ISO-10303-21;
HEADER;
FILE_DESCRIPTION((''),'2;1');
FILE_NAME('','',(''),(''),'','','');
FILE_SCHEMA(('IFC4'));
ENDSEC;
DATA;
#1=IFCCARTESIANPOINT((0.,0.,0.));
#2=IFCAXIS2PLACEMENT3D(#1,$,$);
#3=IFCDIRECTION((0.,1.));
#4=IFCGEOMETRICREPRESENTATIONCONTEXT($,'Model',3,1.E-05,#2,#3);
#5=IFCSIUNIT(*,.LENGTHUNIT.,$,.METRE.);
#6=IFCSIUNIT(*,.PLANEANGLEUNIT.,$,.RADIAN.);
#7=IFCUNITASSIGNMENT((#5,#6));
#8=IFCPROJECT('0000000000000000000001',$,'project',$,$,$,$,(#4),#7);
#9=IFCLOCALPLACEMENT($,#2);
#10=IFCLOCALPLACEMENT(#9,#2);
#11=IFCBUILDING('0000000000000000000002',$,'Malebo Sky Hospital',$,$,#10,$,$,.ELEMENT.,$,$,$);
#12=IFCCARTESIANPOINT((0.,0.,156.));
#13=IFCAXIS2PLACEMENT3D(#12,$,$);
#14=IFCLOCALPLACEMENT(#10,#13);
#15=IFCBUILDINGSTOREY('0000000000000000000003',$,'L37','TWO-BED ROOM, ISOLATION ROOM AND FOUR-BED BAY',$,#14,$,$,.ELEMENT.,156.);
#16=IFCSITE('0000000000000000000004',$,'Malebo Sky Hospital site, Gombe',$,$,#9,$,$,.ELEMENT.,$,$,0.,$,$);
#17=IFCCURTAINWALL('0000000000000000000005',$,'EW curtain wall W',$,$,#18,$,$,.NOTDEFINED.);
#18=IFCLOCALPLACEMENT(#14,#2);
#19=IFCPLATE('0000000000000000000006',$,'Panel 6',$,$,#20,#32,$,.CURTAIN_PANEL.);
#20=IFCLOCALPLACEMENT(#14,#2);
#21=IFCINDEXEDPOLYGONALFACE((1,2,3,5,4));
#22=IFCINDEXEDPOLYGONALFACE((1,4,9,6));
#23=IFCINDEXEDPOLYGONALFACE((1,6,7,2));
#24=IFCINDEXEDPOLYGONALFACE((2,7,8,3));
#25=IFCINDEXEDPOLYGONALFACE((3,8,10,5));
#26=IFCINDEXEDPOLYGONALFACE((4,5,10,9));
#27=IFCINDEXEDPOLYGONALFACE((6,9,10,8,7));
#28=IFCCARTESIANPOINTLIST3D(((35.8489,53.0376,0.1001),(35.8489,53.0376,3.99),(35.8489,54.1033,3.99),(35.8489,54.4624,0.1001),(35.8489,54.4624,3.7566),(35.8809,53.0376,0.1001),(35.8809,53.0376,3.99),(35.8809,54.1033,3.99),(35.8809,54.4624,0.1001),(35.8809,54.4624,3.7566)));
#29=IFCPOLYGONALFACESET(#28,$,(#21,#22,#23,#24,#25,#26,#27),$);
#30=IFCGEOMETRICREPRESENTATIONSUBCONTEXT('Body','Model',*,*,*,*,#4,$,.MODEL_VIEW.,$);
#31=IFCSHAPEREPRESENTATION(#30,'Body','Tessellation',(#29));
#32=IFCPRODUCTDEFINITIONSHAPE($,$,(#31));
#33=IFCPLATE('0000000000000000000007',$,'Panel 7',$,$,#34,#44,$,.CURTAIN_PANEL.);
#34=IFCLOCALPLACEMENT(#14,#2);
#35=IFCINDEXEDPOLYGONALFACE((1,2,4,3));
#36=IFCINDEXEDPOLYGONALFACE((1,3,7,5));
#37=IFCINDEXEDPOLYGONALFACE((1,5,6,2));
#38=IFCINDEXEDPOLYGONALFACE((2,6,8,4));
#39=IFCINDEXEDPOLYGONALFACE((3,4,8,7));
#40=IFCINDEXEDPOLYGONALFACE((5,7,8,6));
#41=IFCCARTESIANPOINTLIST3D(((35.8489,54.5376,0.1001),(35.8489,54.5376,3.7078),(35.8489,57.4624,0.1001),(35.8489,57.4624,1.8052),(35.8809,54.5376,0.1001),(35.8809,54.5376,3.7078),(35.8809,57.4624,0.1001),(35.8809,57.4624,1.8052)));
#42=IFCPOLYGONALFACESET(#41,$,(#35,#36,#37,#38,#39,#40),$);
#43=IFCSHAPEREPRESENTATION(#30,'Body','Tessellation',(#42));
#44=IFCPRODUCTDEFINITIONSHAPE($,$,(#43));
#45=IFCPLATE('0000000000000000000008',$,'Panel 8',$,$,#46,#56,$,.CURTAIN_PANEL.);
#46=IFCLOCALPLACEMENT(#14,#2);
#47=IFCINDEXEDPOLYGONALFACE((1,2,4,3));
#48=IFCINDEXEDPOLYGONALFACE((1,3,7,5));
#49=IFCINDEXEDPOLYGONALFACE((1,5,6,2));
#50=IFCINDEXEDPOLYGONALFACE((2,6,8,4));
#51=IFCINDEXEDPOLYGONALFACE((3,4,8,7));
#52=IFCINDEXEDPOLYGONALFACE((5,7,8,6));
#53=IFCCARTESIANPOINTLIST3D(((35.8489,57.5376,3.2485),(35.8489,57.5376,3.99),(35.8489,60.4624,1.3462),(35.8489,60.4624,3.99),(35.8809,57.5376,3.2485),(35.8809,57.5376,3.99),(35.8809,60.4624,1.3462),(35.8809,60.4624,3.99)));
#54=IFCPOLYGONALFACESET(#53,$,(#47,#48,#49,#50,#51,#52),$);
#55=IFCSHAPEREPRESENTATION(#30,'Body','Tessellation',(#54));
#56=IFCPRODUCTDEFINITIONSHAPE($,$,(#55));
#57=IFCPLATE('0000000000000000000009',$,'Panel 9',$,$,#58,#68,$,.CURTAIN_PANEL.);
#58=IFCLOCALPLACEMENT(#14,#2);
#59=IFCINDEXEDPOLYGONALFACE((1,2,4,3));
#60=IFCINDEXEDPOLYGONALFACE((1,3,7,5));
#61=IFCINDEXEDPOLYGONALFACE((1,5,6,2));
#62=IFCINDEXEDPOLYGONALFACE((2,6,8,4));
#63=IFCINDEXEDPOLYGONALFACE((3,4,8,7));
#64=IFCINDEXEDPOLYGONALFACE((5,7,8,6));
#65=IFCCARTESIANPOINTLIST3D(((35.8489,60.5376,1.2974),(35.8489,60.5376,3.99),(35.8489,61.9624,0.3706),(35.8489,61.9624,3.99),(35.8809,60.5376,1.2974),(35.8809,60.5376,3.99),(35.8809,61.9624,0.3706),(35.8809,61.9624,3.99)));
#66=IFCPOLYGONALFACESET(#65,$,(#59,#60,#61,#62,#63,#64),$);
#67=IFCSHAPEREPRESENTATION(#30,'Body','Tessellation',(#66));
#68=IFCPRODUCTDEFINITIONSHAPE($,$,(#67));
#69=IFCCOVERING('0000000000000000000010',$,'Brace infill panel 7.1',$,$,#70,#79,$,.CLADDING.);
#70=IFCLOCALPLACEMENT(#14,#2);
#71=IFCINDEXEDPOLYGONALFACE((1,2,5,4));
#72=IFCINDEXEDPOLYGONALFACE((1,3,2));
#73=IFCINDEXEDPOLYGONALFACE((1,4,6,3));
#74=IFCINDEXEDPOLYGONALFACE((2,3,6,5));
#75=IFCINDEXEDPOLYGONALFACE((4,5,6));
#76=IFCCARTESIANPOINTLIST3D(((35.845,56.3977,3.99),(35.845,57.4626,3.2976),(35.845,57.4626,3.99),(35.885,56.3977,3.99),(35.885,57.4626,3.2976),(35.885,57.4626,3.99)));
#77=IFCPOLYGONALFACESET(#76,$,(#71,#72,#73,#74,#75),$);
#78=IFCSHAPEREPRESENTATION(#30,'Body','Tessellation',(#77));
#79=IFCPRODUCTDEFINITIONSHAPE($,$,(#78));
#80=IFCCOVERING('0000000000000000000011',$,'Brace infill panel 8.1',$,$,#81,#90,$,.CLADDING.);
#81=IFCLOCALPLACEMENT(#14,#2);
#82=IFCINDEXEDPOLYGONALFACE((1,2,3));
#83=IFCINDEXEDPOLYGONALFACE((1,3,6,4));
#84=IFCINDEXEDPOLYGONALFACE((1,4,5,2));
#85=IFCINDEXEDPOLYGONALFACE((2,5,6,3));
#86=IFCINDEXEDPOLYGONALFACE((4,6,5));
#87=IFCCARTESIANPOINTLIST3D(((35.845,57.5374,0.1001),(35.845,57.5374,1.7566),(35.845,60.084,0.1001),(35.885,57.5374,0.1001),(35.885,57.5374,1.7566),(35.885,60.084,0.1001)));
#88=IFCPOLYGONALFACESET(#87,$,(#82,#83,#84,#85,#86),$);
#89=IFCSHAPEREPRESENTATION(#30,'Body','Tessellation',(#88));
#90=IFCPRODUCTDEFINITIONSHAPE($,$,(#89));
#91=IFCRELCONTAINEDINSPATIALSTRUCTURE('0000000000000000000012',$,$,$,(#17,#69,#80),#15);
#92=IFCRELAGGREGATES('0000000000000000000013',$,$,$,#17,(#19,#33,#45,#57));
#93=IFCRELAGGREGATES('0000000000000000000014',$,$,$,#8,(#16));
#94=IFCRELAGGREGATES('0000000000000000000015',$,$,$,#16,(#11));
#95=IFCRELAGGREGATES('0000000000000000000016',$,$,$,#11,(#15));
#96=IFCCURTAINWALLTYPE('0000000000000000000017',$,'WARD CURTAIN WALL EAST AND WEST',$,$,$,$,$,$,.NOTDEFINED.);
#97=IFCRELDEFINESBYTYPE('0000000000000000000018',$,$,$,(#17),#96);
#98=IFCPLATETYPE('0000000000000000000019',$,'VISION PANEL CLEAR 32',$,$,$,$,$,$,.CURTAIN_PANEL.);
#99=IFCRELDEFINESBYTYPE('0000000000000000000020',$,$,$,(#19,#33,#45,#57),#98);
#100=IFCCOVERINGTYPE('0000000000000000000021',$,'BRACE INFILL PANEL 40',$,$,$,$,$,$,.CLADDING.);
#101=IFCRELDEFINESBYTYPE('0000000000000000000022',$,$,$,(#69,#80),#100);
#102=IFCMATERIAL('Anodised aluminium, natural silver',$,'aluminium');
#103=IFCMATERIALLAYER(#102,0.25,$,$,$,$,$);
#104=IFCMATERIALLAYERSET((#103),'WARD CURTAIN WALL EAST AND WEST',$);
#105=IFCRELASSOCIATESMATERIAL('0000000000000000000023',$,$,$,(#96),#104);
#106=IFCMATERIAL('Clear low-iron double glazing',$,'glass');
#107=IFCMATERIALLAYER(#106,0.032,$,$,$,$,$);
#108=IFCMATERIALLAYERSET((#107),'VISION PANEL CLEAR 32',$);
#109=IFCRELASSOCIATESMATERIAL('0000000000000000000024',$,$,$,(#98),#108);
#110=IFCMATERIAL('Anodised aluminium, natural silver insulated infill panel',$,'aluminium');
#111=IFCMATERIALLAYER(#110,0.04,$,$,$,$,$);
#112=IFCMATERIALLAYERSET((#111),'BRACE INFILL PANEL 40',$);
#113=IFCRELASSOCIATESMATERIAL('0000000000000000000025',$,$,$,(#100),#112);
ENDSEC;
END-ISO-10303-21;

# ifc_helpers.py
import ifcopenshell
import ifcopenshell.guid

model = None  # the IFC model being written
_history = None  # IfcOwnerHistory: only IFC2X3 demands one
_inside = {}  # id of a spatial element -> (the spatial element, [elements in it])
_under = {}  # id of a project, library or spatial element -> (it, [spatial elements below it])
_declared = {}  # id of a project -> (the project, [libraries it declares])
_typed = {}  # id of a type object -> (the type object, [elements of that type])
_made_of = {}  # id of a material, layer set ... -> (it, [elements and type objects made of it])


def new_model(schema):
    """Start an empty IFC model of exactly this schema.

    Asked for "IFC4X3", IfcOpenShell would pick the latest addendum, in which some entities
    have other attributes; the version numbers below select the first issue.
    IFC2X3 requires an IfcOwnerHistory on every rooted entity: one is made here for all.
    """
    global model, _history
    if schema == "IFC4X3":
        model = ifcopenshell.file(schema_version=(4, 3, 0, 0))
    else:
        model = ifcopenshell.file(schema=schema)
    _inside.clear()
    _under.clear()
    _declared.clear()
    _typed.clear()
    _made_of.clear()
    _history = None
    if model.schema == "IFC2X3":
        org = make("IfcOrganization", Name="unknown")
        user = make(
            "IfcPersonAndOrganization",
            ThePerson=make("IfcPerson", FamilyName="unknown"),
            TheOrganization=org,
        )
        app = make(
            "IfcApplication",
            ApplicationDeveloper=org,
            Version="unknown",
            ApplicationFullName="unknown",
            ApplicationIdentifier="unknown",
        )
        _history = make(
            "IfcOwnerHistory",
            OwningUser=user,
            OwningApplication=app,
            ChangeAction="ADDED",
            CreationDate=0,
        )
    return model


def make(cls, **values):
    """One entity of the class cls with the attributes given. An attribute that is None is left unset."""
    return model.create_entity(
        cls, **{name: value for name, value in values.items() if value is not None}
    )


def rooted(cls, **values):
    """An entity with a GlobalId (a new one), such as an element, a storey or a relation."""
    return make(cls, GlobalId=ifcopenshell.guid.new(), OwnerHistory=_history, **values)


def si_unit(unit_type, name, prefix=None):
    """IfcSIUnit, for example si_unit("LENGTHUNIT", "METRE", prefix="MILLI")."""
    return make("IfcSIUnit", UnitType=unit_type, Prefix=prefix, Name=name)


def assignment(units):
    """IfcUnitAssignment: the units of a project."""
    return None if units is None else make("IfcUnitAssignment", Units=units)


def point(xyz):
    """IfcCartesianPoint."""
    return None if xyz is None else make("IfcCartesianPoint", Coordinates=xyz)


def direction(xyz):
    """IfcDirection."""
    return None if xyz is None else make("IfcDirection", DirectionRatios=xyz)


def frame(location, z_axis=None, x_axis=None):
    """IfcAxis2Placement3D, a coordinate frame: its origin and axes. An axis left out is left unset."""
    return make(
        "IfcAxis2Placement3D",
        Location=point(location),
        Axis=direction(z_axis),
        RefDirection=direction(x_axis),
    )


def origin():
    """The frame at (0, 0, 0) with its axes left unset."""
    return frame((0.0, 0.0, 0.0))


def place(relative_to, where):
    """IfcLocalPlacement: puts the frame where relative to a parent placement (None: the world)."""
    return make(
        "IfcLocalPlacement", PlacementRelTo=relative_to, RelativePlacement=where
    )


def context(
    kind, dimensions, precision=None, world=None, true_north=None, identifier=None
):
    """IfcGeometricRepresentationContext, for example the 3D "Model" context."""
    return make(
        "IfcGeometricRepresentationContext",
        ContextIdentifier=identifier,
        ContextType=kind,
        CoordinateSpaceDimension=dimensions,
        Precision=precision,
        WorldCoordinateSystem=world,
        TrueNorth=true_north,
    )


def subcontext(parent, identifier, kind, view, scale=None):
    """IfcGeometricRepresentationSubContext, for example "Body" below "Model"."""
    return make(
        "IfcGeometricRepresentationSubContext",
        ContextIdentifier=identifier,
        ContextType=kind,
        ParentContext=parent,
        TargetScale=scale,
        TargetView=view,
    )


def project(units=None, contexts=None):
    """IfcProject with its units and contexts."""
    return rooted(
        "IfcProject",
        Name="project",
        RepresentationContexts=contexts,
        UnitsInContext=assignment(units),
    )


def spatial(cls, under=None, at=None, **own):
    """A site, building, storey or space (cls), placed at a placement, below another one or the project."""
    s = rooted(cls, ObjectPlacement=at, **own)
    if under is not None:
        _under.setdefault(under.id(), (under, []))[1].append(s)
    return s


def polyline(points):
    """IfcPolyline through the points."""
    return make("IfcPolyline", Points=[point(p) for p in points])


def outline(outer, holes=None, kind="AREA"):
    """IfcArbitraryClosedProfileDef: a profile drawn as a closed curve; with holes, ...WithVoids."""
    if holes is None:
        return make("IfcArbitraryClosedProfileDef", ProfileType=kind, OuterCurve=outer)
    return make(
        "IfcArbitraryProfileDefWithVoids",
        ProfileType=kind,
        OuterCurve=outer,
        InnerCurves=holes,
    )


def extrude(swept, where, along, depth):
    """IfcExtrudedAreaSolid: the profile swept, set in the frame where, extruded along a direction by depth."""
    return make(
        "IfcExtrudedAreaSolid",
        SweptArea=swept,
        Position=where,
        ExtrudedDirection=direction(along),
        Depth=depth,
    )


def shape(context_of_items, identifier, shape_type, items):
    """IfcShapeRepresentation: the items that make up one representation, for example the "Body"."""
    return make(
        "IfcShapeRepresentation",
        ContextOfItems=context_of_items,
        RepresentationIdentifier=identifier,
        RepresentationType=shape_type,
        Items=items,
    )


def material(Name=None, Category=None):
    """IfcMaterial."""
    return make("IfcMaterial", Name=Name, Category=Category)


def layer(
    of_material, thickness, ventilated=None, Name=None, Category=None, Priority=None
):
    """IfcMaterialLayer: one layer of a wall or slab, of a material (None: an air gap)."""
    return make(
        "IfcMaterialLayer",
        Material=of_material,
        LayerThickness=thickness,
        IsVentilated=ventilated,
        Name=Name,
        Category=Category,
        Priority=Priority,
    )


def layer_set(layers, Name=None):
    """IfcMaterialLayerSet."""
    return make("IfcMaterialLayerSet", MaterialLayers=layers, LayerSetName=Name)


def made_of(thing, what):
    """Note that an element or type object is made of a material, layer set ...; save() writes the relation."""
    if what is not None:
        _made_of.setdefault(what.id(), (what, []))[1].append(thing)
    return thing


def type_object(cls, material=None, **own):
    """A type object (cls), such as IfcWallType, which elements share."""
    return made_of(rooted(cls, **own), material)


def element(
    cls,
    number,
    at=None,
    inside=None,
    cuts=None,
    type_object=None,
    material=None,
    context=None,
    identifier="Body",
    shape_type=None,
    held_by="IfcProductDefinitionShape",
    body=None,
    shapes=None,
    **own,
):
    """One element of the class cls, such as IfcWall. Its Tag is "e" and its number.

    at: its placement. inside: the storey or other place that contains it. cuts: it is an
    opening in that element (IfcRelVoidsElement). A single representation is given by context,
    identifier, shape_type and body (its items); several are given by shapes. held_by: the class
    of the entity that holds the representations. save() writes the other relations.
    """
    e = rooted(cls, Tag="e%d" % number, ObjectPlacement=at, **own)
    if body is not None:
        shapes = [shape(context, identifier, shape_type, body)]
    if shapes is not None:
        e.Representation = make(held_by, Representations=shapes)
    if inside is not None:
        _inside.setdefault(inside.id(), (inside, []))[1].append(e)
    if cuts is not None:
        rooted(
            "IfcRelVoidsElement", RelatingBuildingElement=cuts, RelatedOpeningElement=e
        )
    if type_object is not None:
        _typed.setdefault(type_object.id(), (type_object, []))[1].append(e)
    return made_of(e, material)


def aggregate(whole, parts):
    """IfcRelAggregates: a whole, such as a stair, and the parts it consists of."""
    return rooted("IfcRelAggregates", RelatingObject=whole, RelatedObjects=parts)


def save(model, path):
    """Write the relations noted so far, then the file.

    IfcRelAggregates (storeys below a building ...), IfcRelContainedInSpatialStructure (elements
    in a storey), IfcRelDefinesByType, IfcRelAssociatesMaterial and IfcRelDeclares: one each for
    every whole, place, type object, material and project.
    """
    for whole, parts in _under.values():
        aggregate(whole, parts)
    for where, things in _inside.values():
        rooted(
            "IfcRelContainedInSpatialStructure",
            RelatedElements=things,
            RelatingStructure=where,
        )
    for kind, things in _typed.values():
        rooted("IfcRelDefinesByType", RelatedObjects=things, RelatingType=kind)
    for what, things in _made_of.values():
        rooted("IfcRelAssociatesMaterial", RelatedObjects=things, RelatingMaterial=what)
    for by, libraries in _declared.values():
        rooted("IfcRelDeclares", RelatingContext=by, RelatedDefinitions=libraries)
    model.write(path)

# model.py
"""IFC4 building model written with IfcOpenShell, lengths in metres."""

from ifc_helpers import new_model, si_unit, direction, frame, origin, place, context, subcontext, project, spatial, polyline, outline, extrude, material, layer, layer_set, type_object, element, aggregate, save


model = new_model("IFC4")

# Units and contexts
model_context = context("Model", 3, precision=1e-05, world=origin(), true_north=direction((0.0, 1.0)))
body_context = subcontext(model_context, "Body", "Model", "MODEL_VIEW")
ifc_project = project(units=[si_unit("LENGTHUNIT", "METRE"), si_unit("PLANEANGLEUNIT", "RADIAN")], contexts=[model_context])

# Site, building, storey
site_placement = place(None, origin())
site = spatial("IfcSite", under=ifc_project, at=site_placement, Name="Malebo Sky Hospital site, Gombe", CompositionType="ELEMENT", RefElevation=0.0)
building_placement = place(site_placement, origin())
building = spatial("IfcBuilding", under=site, at=building_placement, Name="Malebo Sky Hospital", CompositionType="ELEMENT")
storey_placement = place(building_placement, frame((0.0, 0.0, 156.0)))
storey = spatial("IfcBuildingStorey", under=building, at=storey_placement, Name="L37", Description="TWO-BED ROOM, ISOLATION ROOM AND FOUR-BED BAY", CompositionType="ELEMENT", Elevation=156.0)

# Curtain wall
ifc_material_1 = material(Name="Anodised aluminium, natural silver", Category="aluminium")
ifc_layer_1 = layer(ifc_material_1, 0.25)
ifc_layer_set_1 = layer_set([ifc_layer_1], Name="WARD CURTAIN WALL EAST AND WEST")
curtain_wall_type = type_object("IfcCurtainWallType", Name="WARD CURTAIN WALL EAST AND WEST", PredefinedType="NOTDEFINED", material=ifc_layer_set_1)
curtain_wall_placement = place(storey_placement, origin())
curtain_wall = element("IfcCurtainWall", 1, at=curtain_wall_placement, inside=storey, type_object=curtain_wall_type, Name="EW curtain wall W", PredefinedType="NOTDEFINED")

# Plates
ifc_material_2 = material(Name="Clear low-iron double glazing", Category="glass")
ifc_layer_2 = layer(ifc_material_2, 0.032)
ifc_layer_set_2 = layer_set([ifc_layer_2], Name="VISION PANEL CLEAR 32")
plate_type = type_object("IfcPlateType", Name="VISION PANEL CLEAR 32", PredefinedType="CURTAIN_PANEL", material=ifc_layer_set_2)
plate_1_placement = place(storey_placement, frame((35.865, 53.75, 0.1001), z_axis=(0.0, 0.0, 1.0), x_axis=(0.0, 1.0, 0.0)))
plate_1 = element("IfcPlate", 2, at=plate_1_placement, type_object=plate_type, Name="Panel 6", PredefinedType="CURTAIN_PANEL", context=body_context, shape_type="SweptSolid", body=[
    extrude(outline(polyline([(-0.7124, 0.0), (0.7124, 0.0), (0.7124, 3.6565), (0.3533, 3.8899), (-0.7124, 3.8899), (-0.7124, 0.0)])), frame((0.0, 0.0161, 0.0), z_axis=(0.0, -1.0, 0.0), x_axis=(1.0, 0.0, 0.0)), (0.0, 0.0, 1.0), 0.032),
])
plate_2_placement = place(storey_placement, frame((35.865, 56.0, 0.1001), z_axis=(0.0, 0.0, 1.0), x_axis=(0.0, 1.0, 0.0)))
plate_2 = element("IfcPlate", 3, at=plate_2_placement, type_object=plate_type, Name="Panel 7", PredefinedType="CURTAIN_PANEL", context=body_context, shape_type="SweptSolid", body=[
    extrude(outline(polyline([(-1.4624, 0.0), (1.4624, 0.0), (1.4624, 1.7051), (-1.4624, 3.6077), (-1.4624, 0.0)])), frame((0.0, 0.0161, 0.0), z_axis=(0.0, -1.0, 0.0), x_axis=(1.0, 0.0, 0.0)), (0.0, 0.0, 1.0), 0.032),
])
plate_3_placement = place(storey_placement, frame((35.865, 59.0, 1.3462), z_axis=(0.0, 0.0, 1.0), x_axis=(0.0, 1.0, 0.0)))
plate_3 = element("IfcPlate", 4, at=plate_3_placement, type_object=plate_type, Name="Panel 8", PredefinedType="CURTAIN_PANEL", context=body_context, shape_type="SweptSolid", body=[
    extrude(outline(polyline([(1.4624, 0.0), (1.4624, 2.6438), (-1.4624, 2.6438), (-1.4624, 1.9023), (1.4624, 0.0)])), frame((0.0, 0.0161, 0.0), z_axis=(0.0, -1.0, 0.0), x_axis=(1.0, 0.0, 0.0)), (0.0, 0.0, 1.0), 0.032),
])
plate_4_placement = place(storey_placement, frame((35.865, 61.25, 0.3706), z_axis=(0.0, 0.0, 1.0), x_axis=(0.0, 1.0, 0.0)))
plate_4 = element("IfcPlate", 5, at=plate_4_placement, type_object=plate_type, Name="Panel 9", PredefinedType="CURTAIN_PANEL", context=body_context, shape_type="SweptSolid", body=[
    extrude(outline(polyline([(0.7124, 0.0), (0.7124, 3.6194), (-0.7124, 3.6194), (-0.7124, 0.9268), (0.7124, 0.0)])), frame((0.0, 0.0161, 0.0), z_axis=(0.0, -1.0, 0.0), x_axis=(1.0, 0.0, 0.0)), (0.0, 0.0, 1.0), 0.032),
])
aggregate(curtain_wall, [plate_1, plate_2, plate_3, plate_4])

# Coverings
ifc_material_3 = material(Name="Anodised aluminium, natural silver insulated infill panel", Category="aluminium")
ifc_layer_3 = layer(ifc_material_3, 0.04)
ifc_layer_set_3 = layer_set([ifc_layer_3], Name="BRACE INFILL PANEL 40")
covering_type = type_object("IfcCoveringType", Name="BRACE INFILL PANEL 40", PredefinedType="CLADDING", material=ifc_layer_set_3)
covering_1_placement = place(storey_placement, frame((35.865, 56.9302, 3.2976), z_axis=(0.0, 0.0, 1.0), x_axis=(0.0, 1.0, 0.0)))
element("IfcCovering", 6, at=covering_1_placement, inside=storey, type_object=covering_type, Name="Brace infill panel 7.1", PredefinedType="CLADDING", context=body_context, shape_type="SweptSolid", body=[
    extrude(outline(polyline([(0.5325, 0.0), (0.5325, 0.6924), (-0.5325, 0.6924), (0.5325, 0.0)])), frame((0.0, 0.02, 0.0), z_axis=(0.0, -1.0, 0.0), x_axis=(1.0, 0.0, 0.0)), (0.0, 0.0, 1.0), 0.04),
])
covering_2_placement = place(storey_placement, frame((35.865, 58.8108, 0.1001), z_axis=(0.0, 0.0, 1.0), x_axis=(0.0, 1.0, 0.0)))
element("IfcCovering", 7, at=covering_2_placement, inside=storey, type_object=covering_type, Name="Brace infill panel 8.1", PredefinedType="CLADDING", context=body_context, shape_type="SweptSolid", body=[
    extrude(outline(polyline([(-1.2734, 0.0), (1.2732, 0.0), (-1.2734, 1.6565), (-1.2734, 0.0)])), frame((0.0, 0.02, 0.0), z_axis=(0.0, -1.0, 0.0), x_axis=(1.0, 0.0, 0.0)), (0.0, 0.0, 1.0), 0.04),
])

save(model, "model.ifc")
